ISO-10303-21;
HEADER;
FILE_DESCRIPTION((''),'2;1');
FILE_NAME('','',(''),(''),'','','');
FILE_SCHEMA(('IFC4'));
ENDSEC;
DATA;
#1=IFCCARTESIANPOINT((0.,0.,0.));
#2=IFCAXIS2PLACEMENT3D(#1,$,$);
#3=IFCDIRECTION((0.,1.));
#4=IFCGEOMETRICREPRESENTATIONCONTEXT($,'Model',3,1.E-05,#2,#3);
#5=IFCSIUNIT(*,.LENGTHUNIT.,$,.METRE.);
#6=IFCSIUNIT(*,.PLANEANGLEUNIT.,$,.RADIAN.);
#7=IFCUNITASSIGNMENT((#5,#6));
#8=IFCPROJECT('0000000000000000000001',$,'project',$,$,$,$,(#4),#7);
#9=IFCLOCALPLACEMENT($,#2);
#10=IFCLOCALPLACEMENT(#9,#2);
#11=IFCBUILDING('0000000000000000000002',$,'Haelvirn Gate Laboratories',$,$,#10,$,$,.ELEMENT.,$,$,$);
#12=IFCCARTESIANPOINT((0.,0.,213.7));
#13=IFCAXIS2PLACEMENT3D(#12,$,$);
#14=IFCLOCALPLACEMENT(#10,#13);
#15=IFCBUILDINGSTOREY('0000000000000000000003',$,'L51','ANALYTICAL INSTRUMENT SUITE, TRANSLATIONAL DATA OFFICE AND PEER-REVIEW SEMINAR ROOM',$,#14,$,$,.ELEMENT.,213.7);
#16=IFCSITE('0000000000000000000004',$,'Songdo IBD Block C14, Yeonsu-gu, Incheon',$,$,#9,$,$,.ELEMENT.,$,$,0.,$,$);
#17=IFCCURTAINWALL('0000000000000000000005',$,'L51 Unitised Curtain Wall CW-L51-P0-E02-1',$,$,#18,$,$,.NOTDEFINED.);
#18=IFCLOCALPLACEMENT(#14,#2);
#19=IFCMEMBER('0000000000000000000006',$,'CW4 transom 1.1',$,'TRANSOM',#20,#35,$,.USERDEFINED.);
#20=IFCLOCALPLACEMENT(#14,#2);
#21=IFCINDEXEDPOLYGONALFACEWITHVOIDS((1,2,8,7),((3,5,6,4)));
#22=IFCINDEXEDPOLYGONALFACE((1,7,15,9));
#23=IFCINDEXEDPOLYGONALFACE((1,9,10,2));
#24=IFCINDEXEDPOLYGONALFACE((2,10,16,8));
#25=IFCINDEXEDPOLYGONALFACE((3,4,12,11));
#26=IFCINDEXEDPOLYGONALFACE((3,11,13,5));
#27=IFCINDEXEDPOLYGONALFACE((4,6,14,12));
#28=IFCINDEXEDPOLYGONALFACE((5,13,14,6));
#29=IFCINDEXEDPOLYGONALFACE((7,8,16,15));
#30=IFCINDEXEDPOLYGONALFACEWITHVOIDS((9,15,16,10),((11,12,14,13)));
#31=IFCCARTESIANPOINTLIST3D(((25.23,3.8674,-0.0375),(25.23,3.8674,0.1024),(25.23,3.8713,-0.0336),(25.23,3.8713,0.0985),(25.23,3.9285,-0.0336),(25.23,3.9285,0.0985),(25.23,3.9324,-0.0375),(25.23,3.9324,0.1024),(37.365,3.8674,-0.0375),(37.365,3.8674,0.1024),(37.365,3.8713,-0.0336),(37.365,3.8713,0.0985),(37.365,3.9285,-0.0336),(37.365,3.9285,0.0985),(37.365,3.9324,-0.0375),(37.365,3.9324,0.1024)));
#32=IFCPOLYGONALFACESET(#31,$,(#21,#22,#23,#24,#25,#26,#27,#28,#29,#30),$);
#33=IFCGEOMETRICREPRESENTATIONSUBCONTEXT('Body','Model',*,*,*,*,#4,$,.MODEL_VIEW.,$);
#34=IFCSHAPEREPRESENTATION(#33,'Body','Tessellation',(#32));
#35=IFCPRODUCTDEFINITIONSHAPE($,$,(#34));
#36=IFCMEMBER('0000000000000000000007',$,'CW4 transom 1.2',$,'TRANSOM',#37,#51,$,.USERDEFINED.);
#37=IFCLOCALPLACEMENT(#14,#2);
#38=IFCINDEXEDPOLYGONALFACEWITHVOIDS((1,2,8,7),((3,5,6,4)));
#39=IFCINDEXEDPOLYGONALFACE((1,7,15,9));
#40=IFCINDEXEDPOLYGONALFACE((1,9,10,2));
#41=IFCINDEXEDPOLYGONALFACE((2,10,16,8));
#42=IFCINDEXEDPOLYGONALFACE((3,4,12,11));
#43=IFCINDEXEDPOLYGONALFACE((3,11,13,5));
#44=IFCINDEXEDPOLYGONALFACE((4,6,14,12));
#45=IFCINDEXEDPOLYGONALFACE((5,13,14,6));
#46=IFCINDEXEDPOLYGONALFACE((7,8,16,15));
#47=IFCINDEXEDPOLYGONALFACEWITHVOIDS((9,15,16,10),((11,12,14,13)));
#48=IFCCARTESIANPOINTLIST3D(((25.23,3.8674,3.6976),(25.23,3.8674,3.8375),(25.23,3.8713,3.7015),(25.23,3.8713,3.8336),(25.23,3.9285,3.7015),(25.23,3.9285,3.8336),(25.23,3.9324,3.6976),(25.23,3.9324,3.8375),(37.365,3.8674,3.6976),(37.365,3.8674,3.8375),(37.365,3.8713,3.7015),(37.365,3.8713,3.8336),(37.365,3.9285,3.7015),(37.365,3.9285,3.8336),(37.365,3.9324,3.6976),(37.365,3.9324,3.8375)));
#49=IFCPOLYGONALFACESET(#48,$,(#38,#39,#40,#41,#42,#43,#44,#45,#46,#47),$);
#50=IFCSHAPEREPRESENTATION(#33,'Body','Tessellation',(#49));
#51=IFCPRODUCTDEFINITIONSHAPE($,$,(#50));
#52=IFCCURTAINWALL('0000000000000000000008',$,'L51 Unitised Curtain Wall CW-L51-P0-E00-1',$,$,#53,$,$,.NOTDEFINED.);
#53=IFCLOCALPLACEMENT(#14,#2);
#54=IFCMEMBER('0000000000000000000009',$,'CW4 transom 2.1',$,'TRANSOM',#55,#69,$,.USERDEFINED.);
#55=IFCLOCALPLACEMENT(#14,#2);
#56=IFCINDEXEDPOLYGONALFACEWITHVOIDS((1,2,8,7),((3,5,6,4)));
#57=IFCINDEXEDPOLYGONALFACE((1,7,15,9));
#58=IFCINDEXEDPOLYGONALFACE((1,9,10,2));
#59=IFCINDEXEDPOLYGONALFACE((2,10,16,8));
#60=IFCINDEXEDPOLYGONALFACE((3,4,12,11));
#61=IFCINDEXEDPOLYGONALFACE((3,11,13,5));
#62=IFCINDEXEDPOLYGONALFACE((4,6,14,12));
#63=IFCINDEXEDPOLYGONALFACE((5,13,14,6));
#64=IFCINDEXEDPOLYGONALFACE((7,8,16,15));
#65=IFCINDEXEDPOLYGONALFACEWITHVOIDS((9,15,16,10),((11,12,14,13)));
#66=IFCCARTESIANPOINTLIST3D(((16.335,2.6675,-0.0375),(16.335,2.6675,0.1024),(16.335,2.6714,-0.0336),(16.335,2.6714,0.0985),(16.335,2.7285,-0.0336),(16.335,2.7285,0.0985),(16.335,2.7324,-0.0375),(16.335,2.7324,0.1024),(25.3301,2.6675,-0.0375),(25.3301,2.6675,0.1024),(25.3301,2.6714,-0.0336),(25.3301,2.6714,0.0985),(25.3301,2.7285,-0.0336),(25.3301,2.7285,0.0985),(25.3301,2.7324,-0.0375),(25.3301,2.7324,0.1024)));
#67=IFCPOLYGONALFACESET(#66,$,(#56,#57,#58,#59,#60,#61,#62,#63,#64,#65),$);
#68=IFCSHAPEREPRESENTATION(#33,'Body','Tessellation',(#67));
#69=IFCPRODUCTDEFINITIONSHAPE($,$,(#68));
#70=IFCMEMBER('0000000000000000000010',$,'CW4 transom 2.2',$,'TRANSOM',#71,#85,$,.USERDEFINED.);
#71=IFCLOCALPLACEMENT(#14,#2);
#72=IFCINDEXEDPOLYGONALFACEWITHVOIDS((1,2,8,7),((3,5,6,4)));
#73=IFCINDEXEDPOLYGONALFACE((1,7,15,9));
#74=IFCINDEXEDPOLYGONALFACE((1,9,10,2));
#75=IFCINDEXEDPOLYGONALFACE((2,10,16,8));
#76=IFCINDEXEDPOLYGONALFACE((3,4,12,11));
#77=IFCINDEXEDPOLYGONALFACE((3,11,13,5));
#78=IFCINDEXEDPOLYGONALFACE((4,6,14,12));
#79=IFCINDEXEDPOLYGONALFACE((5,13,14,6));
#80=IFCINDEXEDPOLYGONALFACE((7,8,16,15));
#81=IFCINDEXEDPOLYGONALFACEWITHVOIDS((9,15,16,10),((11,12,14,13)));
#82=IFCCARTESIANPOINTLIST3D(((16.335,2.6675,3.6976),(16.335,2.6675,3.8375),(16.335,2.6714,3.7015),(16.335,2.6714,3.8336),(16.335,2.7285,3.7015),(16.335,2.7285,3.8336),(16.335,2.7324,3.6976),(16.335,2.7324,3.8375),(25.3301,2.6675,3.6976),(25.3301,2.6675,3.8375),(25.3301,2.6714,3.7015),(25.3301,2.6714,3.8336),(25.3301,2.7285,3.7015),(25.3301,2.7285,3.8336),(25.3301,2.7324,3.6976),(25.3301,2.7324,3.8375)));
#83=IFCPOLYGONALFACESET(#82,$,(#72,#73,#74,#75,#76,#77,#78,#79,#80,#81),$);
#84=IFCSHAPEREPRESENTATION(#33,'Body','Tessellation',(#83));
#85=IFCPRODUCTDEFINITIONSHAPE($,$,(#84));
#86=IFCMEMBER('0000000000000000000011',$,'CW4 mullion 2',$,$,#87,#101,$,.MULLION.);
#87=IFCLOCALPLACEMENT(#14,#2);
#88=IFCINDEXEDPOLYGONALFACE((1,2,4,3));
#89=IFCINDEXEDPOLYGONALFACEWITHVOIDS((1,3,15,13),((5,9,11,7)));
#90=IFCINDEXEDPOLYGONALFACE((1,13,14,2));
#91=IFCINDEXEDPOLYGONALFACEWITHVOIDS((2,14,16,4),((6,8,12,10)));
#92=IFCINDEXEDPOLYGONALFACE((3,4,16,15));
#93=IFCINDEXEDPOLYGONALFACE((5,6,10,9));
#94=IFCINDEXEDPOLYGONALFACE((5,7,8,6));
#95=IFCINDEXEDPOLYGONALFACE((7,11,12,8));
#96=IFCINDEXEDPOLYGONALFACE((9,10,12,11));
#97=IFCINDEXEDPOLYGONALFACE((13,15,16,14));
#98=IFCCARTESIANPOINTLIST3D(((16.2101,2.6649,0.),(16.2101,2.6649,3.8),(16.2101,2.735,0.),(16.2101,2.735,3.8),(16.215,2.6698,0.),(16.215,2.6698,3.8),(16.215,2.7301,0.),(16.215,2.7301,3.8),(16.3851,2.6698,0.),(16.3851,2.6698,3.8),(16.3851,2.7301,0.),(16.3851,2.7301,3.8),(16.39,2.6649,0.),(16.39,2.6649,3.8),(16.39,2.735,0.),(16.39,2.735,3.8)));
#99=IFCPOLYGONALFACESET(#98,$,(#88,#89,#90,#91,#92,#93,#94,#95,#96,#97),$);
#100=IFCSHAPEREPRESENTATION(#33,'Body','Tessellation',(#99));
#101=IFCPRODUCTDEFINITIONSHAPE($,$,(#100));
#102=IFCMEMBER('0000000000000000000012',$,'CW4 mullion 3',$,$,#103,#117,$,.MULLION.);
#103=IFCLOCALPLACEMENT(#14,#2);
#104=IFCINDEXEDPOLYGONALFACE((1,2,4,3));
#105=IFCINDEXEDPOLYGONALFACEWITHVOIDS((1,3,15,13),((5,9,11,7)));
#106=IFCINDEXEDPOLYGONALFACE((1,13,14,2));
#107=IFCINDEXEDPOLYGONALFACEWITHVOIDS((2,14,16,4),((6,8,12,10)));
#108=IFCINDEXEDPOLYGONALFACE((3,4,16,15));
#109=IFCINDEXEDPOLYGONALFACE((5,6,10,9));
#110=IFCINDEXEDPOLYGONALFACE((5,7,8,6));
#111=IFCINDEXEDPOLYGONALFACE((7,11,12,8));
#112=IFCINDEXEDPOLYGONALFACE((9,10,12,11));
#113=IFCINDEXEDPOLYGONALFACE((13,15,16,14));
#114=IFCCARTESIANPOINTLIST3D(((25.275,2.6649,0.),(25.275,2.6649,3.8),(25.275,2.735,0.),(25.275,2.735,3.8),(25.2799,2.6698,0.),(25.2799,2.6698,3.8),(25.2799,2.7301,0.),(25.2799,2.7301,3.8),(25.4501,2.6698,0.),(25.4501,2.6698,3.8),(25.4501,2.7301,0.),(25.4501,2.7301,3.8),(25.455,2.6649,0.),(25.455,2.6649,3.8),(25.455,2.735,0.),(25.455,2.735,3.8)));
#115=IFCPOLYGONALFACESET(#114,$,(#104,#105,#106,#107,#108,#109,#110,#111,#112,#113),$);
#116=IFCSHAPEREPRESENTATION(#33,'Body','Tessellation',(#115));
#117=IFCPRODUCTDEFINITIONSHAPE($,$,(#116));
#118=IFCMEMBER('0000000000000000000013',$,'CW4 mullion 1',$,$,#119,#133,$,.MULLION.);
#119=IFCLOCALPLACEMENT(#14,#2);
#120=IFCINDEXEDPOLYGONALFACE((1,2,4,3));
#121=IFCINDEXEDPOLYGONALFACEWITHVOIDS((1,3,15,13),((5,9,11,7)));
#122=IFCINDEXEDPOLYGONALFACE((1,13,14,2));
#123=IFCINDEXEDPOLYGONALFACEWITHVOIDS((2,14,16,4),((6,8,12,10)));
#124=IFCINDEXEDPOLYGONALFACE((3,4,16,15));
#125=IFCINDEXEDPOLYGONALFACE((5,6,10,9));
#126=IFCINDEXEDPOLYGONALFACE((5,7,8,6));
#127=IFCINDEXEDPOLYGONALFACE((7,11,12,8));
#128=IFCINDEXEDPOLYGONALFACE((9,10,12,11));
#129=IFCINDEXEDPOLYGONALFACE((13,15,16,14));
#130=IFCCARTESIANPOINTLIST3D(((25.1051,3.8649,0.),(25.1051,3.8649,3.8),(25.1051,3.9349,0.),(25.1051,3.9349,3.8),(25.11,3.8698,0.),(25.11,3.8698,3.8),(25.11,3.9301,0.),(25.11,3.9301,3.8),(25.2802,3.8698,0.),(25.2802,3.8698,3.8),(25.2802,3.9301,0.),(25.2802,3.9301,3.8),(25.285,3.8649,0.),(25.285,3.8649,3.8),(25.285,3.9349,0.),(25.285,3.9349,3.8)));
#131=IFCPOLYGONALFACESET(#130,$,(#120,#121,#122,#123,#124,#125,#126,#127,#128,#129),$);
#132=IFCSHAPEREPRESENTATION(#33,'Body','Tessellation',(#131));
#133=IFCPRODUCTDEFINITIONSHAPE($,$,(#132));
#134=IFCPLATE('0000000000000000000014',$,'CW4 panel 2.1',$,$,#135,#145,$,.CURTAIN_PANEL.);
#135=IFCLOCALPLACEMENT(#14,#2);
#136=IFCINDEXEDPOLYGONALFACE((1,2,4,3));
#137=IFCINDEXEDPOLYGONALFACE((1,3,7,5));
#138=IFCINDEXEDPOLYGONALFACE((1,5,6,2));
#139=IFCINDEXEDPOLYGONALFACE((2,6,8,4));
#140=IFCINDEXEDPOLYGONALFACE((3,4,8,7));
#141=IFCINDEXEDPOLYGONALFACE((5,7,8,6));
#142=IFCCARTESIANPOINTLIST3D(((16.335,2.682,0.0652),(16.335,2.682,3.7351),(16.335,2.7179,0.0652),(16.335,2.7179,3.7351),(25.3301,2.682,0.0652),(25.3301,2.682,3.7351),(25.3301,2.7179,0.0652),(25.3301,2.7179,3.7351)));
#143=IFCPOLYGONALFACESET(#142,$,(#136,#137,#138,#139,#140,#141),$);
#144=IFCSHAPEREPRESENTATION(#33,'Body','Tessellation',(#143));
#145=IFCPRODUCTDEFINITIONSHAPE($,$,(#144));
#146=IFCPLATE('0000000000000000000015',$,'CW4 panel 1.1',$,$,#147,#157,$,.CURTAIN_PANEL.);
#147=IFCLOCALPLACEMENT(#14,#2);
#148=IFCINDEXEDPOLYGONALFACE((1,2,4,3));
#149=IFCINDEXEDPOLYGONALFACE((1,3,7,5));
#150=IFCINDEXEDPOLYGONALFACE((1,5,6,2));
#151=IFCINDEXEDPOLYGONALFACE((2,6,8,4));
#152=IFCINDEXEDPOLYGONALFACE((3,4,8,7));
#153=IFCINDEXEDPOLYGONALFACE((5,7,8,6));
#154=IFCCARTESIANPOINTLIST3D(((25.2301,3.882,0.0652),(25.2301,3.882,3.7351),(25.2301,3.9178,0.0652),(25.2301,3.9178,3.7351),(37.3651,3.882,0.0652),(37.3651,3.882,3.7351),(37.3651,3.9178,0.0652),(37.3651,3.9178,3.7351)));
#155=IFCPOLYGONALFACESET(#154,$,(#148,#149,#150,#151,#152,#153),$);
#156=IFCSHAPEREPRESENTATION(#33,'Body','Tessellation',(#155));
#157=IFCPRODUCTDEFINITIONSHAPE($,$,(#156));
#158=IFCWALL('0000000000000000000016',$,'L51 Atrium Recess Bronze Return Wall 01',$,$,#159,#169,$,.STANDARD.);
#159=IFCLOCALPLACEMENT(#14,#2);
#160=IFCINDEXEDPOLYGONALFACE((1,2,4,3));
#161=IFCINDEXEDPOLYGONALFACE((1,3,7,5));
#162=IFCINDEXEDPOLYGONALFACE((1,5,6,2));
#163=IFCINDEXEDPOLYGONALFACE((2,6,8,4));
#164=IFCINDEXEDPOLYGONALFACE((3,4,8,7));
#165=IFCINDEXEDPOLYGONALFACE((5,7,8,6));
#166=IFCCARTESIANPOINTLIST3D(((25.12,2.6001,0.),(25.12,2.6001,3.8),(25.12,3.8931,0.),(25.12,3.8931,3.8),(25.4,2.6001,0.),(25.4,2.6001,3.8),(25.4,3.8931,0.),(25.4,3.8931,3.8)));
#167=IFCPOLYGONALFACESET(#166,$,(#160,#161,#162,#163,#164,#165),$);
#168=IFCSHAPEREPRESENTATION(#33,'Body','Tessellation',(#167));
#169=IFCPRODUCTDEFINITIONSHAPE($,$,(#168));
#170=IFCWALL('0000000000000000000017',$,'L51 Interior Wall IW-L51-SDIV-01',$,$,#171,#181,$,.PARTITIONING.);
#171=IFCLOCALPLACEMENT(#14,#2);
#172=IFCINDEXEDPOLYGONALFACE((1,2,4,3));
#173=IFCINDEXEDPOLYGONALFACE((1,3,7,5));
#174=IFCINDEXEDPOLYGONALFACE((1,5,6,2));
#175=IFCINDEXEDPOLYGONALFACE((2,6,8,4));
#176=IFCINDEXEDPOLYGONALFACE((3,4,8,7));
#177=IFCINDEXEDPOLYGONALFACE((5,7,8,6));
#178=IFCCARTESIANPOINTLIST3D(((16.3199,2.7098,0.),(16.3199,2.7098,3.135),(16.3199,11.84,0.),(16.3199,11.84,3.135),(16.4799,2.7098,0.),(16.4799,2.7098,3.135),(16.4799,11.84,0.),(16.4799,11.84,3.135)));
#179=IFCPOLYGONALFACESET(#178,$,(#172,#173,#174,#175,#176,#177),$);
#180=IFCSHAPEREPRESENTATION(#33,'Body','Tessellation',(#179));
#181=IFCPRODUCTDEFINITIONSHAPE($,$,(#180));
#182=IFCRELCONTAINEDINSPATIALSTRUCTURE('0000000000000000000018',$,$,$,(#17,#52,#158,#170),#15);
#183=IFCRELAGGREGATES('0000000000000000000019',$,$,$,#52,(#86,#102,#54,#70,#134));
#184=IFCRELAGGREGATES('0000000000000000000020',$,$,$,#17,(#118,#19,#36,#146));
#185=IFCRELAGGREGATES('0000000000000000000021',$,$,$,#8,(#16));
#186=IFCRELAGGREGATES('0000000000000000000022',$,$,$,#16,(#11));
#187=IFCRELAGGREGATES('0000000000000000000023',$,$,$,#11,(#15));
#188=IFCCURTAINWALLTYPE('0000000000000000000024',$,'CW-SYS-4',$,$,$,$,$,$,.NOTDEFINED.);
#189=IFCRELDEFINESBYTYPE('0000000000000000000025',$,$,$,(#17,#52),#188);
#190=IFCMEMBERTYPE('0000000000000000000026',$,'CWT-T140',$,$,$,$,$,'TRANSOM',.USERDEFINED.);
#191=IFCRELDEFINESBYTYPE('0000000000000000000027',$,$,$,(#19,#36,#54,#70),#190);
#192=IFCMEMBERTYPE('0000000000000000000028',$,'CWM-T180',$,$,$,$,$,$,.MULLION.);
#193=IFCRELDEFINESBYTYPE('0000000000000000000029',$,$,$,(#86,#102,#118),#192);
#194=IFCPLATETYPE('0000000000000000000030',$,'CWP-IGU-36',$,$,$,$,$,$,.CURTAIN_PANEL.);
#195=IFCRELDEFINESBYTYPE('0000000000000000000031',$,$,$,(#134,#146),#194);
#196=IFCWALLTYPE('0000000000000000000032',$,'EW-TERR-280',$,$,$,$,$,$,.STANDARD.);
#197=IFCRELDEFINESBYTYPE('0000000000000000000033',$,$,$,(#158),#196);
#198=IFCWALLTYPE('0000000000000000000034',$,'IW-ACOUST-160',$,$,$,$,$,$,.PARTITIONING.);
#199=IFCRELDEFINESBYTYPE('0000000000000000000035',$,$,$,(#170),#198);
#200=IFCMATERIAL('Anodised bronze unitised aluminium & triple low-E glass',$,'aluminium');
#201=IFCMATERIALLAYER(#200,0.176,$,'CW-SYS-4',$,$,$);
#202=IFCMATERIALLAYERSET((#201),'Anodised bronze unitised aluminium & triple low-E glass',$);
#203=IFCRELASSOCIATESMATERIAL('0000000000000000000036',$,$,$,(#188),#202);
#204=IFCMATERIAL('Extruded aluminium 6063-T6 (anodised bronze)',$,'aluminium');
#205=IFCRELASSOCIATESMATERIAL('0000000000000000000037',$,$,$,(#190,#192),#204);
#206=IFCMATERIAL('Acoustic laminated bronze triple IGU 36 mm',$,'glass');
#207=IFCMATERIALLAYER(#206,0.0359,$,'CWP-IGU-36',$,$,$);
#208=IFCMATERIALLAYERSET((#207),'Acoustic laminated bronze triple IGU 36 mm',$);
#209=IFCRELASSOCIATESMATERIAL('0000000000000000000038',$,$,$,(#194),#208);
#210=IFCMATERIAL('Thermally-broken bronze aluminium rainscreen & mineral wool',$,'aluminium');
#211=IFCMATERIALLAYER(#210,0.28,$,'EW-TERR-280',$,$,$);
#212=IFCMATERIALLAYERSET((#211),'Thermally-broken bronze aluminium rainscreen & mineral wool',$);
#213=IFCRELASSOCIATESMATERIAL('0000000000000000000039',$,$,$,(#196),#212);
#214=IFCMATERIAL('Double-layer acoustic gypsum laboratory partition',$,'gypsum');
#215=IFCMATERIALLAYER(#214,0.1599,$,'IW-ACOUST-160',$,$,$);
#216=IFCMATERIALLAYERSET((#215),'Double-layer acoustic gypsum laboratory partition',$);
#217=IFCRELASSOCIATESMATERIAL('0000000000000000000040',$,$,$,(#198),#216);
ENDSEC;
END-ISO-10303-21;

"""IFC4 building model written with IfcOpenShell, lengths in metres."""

from ifc_helpers import new_model, si_unit, direction, frame, frame_2d, origin, origin_2d, place, context, subcontext, project, spatial, rectangle, hollow_rectangle, extrude, source, transform, mapped, material, layer, layer_set, material_profile, profile_set, type_object, type_shapes, element, aggregate, save


model = new_model("IFC4")

# Units and contexts
model_context = context("Model", 3, precision=1e-05, world=origin(), true_north=direction((0.0, 1.0)))
body_context = subcontext(model_context, "Body", "Model", "MODEL_VIEW")
ifc_project = project(units=[si_unit("LENGTHUNIT", "METRE"), si_unit("PLANEANGLEUNIT", "RADIAN")], contexts=[model_context])

# Site, building, storey
site_placement = place(None, origin())
site = spatial("IfcSite", under=ifc_project, at=site_placement, Name="Songdo IBD Block C14, Yeonsu-gu, Incheon", CompositionType="ELEMENT", RefElevation=0.0)
building_placement = place(site_placement, origin())
building = spatial("IfcBuilding", under=site, at=building_placement, Name="Haelvirn Gate Laboratories", CompositionType="ELEMENT")
storey_placement = place(building_placement, frame((0.0, 0.0, 213.7)))
storey = spatial("IfcBuildingStorey", under=building, at=storey_placement, Name="L51", Description="ANALYTICAL INSTRUMENT SUITE, TRANSLATIONAL DATA OFFICE AND PEER-REVIEW SEMINAR ROOM", CompositionType="ELEMENT", Elevation=213.7)

# Curtain walls, members
ifc_material_1 = material(Name="Anodised bronze unitised aluminium & triple low-E glass", Category="aluminium")
ifc_layer_1 = layer(ifc_material_1, 0.176, Name="CW-SYS-4")
ifc_layer_set_1 = layer_set([ifc_layer_1], Name="Anodised bronze unitised aluminium & triple low-E glass")
curtain_wall_type = type_object("IfcCurtainWallType", Name="CW-SYS-4", PredefinedType="NOTDEFINED", material=ifc_layer_set_1)
curtain_wall_1_placement = place(storey_placement, origin())
curtain_wall_1 = element("IfcCurtainWall", 1, at=curtain_wall_1_placement, inside=storey, type_object=curtain_wall_type, Name="L51 Unitised Curtain Wall CW-L51-P0-E02-1", PredefinedType="NOTDEFINED")
ifc_material_2 = material(Name="Extruded aluminium 6063-T6 (anodised bronze)", Category="aluminium")
ifc_material_profile_1 = material_profile(ifc_material_2, hollow_rectangle(XDim=0.0649, YDim=0.1399, WallThickness=0.0039, at=origin_2d()), Name="CWT-140x65x4")
ifc_profile_set_1 = profile_set([ifc_material_profile_1], Name="Extruded aluminium 6063-T6 (anodised bronze)")
member_type_1 = type_object("IfcMemberType", Name="CWT-T140", ElementType="TRANSOM", PredefinedType="USERDEFINED", material=ifc_profile_set_1)
shared_shape_1 = source(origin(), body_context, "Body", "SweptSolid", [
    extrude(hollow_rectangle(XDim=0.0649, YDim=0.1399, WallThickness=0.0039, at=origin_2d()), origin(), (0.0, 0.0, 1.0), 12.135),
])
member_1_placement = place(storey_placement, frame((25.23, 3.8999, 0.0325), z_axis=(1.0, 0.0, 0.0), x_axis=(0.0, 1.0, 0.0)))
member_1 = element("IfcMember", 2, at=member_1_placement, type_object=member_type_1, Name="CW4 transom 1.1", ObjectType="TRANSOM", PredefinedType="USERDEFINED", context=body_context, shape_type="MappedRepresentation", body=[
    mapped(shared_shape_1, transform((0.0, 0.0, 0.0), scale=1.0)),
])
member_2_placement = place(storey_placement, frame((25.23, 3.8999, 3.7676), z_axis=(1.0, 0.0, 0.0), x_axis=(0.0, 1.0, 0.0)))
member_2 = element("IfcMember", 3, at=member_2_placement, type_object=member_type_1, Name="CW4 transom 1.2", ObjectType="TRANSOM", PredefinedType="USERDEFINED", context=body_context, shape_type="MappedRepresentation", body=[
    mapped(shared_shape_1, transform((0.0, 0.0, 0.0), scale=1.0)),
])
curtain_wall_2_placement = place(storey_placement, origin())
curtain_wall_2 = element("IfcCurtainWall", 4, at=curtain_wall_2_placement, inside=storey, type_object=curtain_wall_type, Name="L51 Unitised Curtain Wall CW-L51-P0-E00-1", PredefinedType="NOTDEFINED")
shared_shape_2 = source(origin(), body_context, "Body", "SweptSolid", [
    extrude(hollow_rectangle(XDim=0.0649, YDim=0.1399, WallThickness=0.0039, at=origin_2d()), origin(), (0.0, 0.0, 1.0), 8.9951),
])
type_shapes(member_type_1, [shared_shape_1, shared_shape_2])
member_3_placement = place(storey_placement, frame((16.335, 2.7, 0.0325), z_axis=(1.0, 0.0, 0.0), x_axis=(0.0, 1.0, 0.0)))
member_3 = element("IfcMember", 5, at=member_3_placement, type_object=member_type_1, Name="CW4 transom 2.1", ObjectType="TRANSOM", PredefinedType="USERDEFINED", context=body_context, shape_type="MappedRepresentation", body=[
    mapped(shared_shape_2, transform((0.0, 0.0, 0.0), scale=1.0)),
])
member_4_placement = place(storey_placement, frame((16.335, 2.7, 3.7676), z_axis=(1.0, 0.0, 0.0), x_axis=(0.0, 1.0, 0.0)))
member_4 = element("IfcMember", 6, at=member_4_placement, type_object=member_type_1, Name="CW4 transom 2.2", ObjectType="TRANSOM", PredefinedType="USERDEFINED", context=body_context, shape_type="MappedRepresentation", body=[
    mapped(shared_shape_2, transform((0.0, 0.0, 0.0), scale=1.0)),
])
ifc_material_profile_2 = material_profile(ifc_material_2, hollow_rectangle(XDim=0.0701, YDim=0.1799, WallThickness=0.0049, at=origin_2d()), Name="CWM-180x70x5")
ifc_profile_set_2 = profile_set([ifc_material_profile_2], Name="Extruded aluminium 6063-T6 (anodised bronze)")
member_type_2 = type_object("IfcMemberType", Name="CWM-T180", PredefinedType="MULLION", material=ifc_profile_set_2)
shared_shape_3 = source(origin(), body_context, "Body", "SweptSolid", [
    extrude(hollow_rectangle(XDim=0.0701, YDim=0.1799, WallThickness=0.0049, at=origin_2d()), origin(), (0.0, 0.0, 1.0), 3.8),
])
type_shapes(member_type_2, [shared_shape_3])
member_5_placement = place(storey_placement, frame((16.3, 2.7, 0.0), z_axis=(0.0, 0.0, 1.0), x_axis=(0.0, 1.0, 0.0)))
member_5 = element("IfcMember", 7, at=member_5_placement, type_object=member_type_2, Name="CW4 mullion 2", PredefinedType="MULLION", context=body_context, shape_type="MappedRepresentation", body=[
    mapped(shared_shape_3, transform((0.0, 0.0, 0.0), scale=1.0)),
])
member_6_placement = place(storey_placement, frame((25.365, 2.7, 0.0), z_axis=(0.0, 0.0, 1.0), x_axis=(0.0, 1.0, 0.0)))
member_6 = element("IfcMember", 8, at=member_6_placement, type_object=member_type_2, Name="CW4 mullion 3", PredefinedType="MULLION", context=body_context, shape_type="MappedRepresentation", body=[
    mapped(shared_shape_3, transform((0.0, 0.0, 0.0), scale=1.0)),
])

# Member
member_7_placement = place(storey_placement, frame((25.1951, 3.8999, 0.0), z_axis=(0.0, 0.0, 1.0), x_axis=(0.0, 1.0, 0.0)))
member_7 = element("IfcMember", 9, at=member_7_placement, type_object=member_type_2, Name="CW4 mullion 1", PredefinedType="MULLION", context=body_context, shape_type="MappedRepresentation", body=[
    mapped(shared_shape_3, transform((0.0, 0.0, 0.0), scale=1.0)),
])

# Plates
ifc_material_3 = material(Name="Acoustic laminated bronze triple IGU 36 mm", Category="glass")
ifc_layer_2 = layer(ifc_material_3, 0.0359, Name="CWP-IGU-36")
ifc_layer_set_2 = layer_set([ifc_layer_2], Name="Acoustic laminated bronze triple IGU 36 mm")
plate_type = type_object("IfcPlateType", Name="CWP-IGU-36", PredefinedType="CURTAIN_PANEL", material=ifc_layer_set_2)
shared_shape_4 = source(origin(), body_context, "Body", "SweptSolid", [
    extrude(rectangle(XDim=8.9951, YDim=0.0359, at=origin_2d()), origin(), (0.0, 0.0, 1.0), 3.6699),
])
plate_1_placement = place(storey_placement, frame((20.8325, 2.7, 0.0652), z_axis=(0.0, 0.0, 1.0), x_axis=(1.0, 0.0, 0.0)))
plate_1 = element("IfcPlate", 10, at=plate_1_placement, type_object=plate_type, Name="CW4 panel 2.1", PredefinedType="CURTAIN_PANEL", context=body_context, shape_type="MappedRepresentation", body=[
    mapped(shared_shape_4, transform((0.0, 0.0, 0.0), scale=1.0)),
])
aggregate(curtain_wall_2, [member_5, member_6, member_3, member_4, plate_1])
shared_shape_5 = source(origin(), body_context, "Body", "SweptSolid", [
    extrude(rectangle(XDim=12.135, YDim=0.0359, at=origin_2d()), origin(), (0.0, 0.0, 1.0), 3.6699),
])
type_shapes(plate_type, [shared_shape_4, shared_shape_5])
plate_2_placement = place(storey_placement, frame((31.2976, 3.8999, 0.0652), z_axis=(0.0, 0.0, 1.0), x_axis=(1.0, 0.0, 0.0)))
plate_2 = element("IfcPlate", 11, at=plate_2_placement, type_object=plate_type, Name="CW4 panel 1.1", PredefinedType="CURTAIN_PANEL", context=body_context, shape_type="MappedRepresentation", body=[
    mapped(shared_shape_5, transform((0.0, 0.0, 0.0), scale=1.0)),
])
aggregate(curtain_wall_1, [member_7, member_1, member_2, plate_2])

# Walls
ifc_material_4 = material(Name="Thermally-broken bronze aluminium rainscreen & mineral wool", Category="aluminium")
ifc_layer_3 = layer(ifc_material_4, 0.28, Name="EW-TERR-280")
ifc_layer_set_3 = layer_set([ifc_layer_3], Name="Thermally-broken bronze aluminium rainscreen & mineral wool")
wall_type_1 = type_object("IfcWallType", Name="EW-TERR-280", PredefinedType="STANDARD", material=ifc_layer_set_3)
wall_1_placement = place(storey_placement, frame((25.26, 2.6001, 0.0), z_axis=(0.0, 0.0, 1.0), x_axis=(0.0, 1.0, 0.0)))
element("IfcWall", 12, at=wall_1_placement, inside=storey, type_object=wall_type_1, Name="L51 Atrium Recess Bronze Return Wall 01", PredefinedType="STANDARD", context=body_context, shape_type="SweptSolid", body=[
    extrude(rectangle(XDim=1.293, YDim=0.28, at=frame_2d((0.6465, 0.0))), origin(), (0.0, 0.0, 1.0), 3.8),
])
ifc_material_5 = material(Name="Double-layer acoustic gypsum laboratory partition", Category="gypsum")
ifc_layer_4 = layer(ifc_material_5, 0.1599, Name="IW-ACOUST-160")
ifc_layer_set_4 = layer_set([ifc_layer_4], Name="Double-layer acoustic gypsum laboratory partition")
wall_type_2 = type_object("IfcWallType", Name="IW-ACOUST-160", PredefinedType="PARTITIONING", material=ifc_layer_set_4)
wall_2_placement = place(storey_placement, frame((16.3999, 2.71, 0.0), z_axis=(0.0, 0.0, 1.0), x_axis=(0.0, 1.0, 0.0)))
element("IfcWall", 13, at=wall_2_placement, inside=storey, type_object=wall_type_2, Name="L51 Interior Wall IW-L51-SDIV-01", PredefinedType="PARTITIONING", context=body_context, shape_type="SweptSolid", body=[
    extrude(rectangle(XDim=9.1301, YDim=0.1599, at=frame_2d((4.5649, 0.0))), origin(), (0.0, 0.0, 1.0), 3.135),
])

save(model, "model.ifc")
